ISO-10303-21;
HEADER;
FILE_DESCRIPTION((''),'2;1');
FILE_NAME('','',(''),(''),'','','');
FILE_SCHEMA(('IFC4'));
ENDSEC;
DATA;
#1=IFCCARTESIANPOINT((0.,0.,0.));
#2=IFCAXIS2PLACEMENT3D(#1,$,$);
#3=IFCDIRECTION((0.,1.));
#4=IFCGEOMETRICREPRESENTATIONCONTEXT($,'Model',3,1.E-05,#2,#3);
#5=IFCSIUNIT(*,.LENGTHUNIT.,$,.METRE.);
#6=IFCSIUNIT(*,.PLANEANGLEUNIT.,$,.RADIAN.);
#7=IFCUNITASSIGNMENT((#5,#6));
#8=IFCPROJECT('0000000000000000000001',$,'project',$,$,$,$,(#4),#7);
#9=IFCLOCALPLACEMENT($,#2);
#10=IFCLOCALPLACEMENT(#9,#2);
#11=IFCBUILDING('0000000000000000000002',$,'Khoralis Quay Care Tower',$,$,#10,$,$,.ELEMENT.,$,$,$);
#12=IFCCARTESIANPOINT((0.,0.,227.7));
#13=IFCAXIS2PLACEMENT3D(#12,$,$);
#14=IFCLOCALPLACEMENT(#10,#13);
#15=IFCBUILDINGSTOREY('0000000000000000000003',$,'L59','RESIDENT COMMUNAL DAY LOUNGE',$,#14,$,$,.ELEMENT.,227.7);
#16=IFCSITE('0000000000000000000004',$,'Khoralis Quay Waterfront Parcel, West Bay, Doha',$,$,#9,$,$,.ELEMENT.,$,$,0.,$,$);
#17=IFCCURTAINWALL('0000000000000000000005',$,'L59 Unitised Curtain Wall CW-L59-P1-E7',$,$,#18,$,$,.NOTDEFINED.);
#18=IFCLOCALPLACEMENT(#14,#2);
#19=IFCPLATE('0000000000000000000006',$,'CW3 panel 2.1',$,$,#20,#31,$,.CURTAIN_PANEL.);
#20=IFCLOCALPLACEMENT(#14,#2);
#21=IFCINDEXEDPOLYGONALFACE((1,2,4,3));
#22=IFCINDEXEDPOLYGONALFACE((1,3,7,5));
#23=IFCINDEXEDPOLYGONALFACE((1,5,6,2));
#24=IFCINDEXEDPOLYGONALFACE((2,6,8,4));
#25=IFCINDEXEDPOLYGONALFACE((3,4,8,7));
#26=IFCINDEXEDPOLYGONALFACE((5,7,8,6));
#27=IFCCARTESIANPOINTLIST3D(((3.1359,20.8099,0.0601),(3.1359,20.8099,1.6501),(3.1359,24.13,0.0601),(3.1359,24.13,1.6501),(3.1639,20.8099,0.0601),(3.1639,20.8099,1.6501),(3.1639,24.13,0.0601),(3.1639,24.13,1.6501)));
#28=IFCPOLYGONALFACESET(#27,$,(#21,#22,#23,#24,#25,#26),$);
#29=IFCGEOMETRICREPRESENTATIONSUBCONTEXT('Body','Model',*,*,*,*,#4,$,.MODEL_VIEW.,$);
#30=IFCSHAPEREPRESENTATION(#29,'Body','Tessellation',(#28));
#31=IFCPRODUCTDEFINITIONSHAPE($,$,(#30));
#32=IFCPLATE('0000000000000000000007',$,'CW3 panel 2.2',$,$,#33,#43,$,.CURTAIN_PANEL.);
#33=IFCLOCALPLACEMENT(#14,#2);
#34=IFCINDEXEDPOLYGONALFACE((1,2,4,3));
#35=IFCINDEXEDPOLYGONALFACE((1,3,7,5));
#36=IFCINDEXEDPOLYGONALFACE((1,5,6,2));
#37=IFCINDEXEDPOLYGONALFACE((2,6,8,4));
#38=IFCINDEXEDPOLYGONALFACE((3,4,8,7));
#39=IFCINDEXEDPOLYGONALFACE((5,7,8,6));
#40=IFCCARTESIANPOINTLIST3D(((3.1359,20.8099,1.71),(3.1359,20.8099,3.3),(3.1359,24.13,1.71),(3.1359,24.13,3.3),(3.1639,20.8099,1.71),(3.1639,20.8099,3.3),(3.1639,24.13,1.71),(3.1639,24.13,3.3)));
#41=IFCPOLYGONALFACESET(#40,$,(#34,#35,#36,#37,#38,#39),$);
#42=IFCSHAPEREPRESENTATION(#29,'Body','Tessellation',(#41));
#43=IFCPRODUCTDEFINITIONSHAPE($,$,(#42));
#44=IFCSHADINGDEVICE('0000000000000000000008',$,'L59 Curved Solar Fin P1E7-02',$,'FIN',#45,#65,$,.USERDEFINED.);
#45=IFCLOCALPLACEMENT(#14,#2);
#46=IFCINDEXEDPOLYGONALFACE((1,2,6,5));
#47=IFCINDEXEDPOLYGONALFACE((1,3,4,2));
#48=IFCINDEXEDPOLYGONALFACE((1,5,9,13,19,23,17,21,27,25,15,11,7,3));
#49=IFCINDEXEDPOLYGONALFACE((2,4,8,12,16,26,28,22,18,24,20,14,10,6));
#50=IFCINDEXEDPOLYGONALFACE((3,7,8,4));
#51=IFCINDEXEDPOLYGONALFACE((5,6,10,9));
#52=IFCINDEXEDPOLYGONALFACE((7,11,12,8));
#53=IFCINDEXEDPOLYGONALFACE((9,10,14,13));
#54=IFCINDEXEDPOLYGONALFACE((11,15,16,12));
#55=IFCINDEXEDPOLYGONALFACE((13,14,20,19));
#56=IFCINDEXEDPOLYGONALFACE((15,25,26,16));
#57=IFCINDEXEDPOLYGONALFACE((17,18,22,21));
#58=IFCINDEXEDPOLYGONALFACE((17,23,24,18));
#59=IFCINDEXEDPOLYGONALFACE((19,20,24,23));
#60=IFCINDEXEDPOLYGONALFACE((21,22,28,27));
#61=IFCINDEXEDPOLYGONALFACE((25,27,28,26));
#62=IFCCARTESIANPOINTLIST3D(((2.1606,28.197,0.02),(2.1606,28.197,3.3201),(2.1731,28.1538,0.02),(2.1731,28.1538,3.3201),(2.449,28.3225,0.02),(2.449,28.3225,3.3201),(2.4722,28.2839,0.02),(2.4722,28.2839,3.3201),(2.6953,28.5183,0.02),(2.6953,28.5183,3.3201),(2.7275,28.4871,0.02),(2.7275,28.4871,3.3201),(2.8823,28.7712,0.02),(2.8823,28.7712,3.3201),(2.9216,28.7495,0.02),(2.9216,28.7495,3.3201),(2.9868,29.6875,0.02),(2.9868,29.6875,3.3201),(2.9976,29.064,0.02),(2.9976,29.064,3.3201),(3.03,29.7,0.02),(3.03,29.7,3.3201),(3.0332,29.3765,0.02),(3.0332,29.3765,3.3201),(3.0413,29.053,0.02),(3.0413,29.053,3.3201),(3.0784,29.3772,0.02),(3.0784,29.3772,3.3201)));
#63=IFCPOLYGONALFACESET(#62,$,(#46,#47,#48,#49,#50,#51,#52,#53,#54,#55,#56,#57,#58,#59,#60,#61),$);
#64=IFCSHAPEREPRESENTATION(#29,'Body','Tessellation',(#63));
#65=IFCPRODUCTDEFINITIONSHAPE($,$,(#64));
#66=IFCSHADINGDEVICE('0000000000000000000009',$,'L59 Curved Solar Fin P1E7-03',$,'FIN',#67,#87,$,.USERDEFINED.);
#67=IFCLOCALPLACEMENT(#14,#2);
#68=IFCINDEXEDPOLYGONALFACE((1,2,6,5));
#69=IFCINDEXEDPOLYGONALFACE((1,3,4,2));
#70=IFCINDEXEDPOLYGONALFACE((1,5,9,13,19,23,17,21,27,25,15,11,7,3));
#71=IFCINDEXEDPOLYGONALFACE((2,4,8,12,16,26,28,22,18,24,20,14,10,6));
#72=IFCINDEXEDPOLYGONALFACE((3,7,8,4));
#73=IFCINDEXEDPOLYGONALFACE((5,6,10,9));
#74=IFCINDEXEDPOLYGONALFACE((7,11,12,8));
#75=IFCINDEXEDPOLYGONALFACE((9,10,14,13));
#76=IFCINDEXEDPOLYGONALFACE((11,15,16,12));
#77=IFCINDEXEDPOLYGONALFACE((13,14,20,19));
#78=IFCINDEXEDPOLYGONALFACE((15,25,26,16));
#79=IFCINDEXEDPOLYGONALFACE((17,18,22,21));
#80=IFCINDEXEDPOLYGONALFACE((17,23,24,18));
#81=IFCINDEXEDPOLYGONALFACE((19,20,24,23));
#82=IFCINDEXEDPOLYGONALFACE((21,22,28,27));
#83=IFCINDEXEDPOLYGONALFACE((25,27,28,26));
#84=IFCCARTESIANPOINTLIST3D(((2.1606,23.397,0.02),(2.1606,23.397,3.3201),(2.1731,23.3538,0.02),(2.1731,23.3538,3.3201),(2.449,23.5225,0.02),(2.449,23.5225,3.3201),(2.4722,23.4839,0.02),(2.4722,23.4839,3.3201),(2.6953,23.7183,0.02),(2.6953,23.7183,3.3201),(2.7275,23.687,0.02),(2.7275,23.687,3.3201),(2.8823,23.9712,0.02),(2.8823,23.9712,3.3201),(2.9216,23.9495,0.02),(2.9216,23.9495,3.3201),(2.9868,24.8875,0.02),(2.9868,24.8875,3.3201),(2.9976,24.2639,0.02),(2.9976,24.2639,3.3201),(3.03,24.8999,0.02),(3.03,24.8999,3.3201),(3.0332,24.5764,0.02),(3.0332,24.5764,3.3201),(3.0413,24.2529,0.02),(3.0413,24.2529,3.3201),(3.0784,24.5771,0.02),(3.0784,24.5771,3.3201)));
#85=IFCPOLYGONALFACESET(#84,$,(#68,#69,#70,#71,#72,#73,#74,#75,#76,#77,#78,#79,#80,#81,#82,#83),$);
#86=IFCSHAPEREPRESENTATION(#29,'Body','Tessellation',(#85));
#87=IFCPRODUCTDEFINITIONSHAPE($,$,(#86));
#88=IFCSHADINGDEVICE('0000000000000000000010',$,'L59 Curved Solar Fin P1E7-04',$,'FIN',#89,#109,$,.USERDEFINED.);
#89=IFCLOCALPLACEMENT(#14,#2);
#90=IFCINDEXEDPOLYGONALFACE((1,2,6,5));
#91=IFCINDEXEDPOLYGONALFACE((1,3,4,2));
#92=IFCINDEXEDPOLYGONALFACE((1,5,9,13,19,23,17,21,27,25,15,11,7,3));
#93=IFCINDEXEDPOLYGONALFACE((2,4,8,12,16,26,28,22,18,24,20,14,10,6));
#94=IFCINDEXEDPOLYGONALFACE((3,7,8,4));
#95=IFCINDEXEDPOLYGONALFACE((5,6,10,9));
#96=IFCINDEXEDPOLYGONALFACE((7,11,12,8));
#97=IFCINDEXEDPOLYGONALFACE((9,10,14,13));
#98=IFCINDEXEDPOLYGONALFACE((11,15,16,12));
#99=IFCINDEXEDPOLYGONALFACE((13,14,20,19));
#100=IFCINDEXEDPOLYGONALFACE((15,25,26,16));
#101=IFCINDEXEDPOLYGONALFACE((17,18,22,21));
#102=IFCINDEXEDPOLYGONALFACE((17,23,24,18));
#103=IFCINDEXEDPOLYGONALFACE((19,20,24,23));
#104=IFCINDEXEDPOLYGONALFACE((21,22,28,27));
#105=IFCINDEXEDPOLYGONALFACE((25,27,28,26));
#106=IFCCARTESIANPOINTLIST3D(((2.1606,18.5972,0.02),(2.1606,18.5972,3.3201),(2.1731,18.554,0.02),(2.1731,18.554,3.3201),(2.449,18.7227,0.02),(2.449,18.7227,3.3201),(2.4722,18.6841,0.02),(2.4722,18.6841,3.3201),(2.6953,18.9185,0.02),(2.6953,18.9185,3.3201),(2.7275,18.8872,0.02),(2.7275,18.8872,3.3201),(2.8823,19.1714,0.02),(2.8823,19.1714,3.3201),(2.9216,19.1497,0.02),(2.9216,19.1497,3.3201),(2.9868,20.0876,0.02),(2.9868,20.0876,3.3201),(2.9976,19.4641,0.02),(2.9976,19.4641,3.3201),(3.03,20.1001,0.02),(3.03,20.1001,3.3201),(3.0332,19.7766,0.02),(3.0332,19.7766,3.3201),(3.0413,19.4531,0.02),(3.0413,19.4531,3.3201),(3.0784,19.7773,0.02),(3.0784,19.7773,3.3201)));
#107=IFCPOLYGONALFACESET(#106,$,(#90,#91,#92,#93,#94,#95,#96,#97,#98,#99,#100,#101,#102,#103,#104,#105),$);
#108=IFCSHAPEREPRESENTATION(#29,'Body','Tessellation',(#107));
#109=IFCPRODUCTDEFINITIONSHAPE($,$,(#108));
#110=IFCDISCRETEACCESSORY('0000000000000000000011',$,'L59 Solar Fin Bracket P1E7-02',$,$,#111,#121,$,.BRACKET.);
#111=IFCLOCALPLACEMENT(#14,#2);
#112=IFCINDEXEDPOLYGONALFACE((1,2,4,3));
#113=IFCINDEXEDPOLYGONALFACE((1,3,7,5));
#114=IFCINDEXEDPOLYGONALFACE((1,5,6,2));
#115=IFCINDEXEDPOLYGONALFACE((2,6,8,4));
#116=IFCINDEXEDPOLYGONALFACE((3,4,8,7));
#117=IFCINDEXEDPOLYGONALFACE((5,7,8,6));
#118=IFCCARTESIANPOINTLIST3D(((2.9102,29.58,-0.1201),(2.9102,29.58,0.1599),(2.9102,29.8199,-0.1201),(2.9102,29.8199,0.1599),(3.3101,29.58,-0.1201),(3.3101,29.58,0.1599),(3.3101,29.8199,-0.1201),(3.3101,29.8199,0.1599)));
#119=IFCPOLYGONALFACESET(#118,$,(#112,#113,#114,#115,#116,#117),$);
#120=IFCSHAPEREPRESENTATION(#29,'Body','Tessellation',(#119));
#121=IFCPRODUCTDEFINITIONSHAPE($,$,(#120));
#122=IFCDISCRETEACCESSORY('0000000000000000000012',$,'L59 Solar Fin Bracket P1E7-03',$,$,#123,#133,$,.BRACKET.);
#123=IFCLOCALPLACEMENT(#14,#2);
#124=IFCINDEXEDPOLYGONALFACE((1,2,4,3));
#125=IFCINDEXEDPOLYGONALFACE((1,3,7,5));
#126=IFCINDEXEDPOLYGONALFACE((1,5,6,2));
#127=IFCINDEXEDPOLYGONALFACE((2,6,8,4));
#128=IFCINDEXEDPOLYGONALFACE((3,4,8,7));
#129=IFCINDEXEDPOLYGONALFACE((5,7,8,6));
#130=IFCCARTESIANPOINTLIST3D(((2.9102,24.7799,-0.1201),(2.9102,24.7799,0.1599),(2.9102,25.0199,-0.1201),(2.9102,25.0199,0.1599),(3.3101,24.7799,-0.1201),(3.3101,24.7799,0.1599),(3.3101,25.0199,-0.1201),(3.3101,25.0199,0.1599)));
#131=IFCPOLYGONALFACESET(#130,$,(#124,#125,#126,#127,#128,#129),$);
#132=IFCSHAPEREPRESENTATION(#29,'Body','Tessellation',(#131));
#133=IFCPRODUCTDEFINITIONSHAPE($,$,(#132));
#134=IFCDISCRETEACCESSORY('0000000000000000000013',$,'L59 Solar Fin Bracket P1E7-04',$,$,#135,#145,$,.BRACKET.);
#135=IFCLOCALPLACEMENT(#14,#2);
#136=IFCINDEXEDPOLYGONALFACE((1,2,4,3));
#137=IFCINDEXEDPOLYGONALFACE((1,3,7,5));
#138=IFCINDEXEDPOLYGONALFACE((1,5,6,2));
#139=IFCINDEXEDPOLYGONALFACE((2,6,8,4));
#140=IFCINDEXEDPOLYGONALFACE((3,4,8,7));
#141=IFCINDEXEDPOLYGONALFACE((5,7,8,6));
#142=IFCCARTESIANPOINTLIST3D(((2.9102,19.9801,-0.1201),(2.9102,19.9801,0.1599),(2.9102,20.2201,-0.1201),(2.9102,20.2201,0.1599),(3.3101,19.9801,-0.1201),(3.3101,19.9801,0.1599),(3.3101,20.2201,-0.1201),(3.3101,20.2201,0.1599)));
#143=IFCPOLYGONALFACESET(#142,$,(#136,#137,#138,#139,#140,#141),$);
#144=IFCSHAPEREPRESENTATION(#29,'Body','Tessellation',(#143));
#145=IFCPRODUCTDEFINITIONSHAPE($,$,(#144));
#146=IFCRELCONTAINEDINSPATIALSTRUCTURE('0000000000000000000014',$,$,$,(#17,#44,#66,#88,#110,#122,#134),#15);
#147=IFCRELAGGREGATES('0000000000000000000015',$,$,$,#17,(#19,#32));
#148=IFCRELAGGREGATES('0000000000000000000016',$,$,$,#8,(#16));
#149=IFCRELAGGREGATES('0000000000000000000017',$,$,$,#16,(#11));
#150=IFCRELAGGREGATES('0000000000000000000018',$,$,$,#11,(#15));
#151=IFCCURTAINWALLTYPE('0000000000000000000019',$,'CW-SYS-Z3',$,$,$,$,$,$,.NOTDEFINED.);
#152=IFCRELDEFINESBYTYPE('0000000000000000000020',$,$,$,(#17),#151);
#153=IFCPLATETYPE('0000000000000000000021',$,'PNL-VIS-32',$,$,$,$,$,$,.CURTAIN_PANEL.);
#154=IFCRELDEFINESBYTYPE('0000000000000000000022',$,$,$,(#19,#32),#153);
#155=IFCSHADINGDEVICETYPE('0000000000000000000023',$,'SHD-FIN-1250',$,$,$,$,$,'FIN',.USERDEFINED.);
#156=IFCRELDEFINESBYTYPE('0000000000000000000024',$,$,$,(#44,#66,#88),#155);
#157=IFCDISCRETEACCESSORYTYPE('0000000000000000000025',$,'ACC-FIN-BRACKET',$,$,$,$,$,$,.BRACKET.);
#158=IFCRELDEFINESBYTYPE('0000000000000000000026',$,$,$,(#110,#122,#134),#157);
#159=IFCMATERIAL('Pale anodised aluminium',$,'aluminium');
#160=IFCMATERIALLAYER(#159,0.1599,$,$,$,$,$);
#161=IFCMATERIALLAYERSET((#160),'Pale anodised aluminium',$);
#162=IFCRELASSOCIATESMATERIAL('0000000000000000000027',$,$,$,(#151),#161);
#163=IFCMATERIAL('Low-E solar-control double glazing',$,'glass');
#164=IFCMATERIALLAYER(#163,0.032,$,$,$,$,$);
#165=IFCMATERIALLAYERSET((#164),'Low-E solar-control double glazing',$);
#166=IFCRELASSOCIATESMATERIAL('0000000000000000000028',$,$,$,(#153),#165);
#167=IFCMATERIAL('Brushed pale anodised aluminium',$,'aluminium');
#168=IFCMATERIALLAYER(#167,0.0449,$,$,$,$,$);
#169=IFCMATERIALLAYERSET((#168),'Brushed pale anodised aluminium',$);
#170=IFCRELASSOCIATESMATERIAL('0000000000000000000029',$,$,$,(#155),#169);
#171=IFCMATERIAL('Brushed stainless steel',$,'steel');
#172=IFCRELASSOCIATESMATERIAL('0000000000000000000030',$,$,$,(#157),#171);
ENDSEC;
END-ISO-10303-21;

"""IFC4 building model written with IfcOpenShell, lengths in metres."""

from ifc_helpers import new_model, si_unit, direction, frame, origin, origin_2d, place, context, subcontext, project, spatial, polyline, rectangle, outline, extrude, source, transform, mapped, material, layer, layer_set, type_object, element, aggregate, save


model = new_model("IFC4")

# Units and contexts
model_context = context("Model", 3, precision=1e-05, world=origin(), true_north=direction((0.0, 1.0)))
body_context = subcontext(model_context, "Body", "Model", "MODEL_VIEW")
ifc_project = project(units=[si_unit("LENGTHUNIT", "METRE"), si_unit("PLANEANGLEUNIT", "RADIAN")], contexts=[model_context])

# Site, building, storey
site_placement = place(None, origin())
site = spatial("IfcSite", under=ifc_project, at=site_placement, Name="Khoralis Quay Waterfront Parcel, West Bay, Doha", CompositionType="ELEMENT", RefElevation=0.0)
building_placement = place(site_placement, origin())
building = spatial("IfcBuilding", under=site, at=building_placement, Name="Khoralis Quay Care Tower", CompositionType="ELEMENT")
storey_placement = place(building_placement, frame((0.0, 0.0, 227.7)))
storey = spatial("IfcBuildingStorey", under=building, at=storey_placement, Name="L59", Description="RESIDENT COMMUNAL DAY LOUNGE", CompositionType="ELEMENT", Elevation=227.7)

# Curtain wall, plates
ifc_material_1 = material(Name="Pale anodised aluminium", Category="aluminium")
ifc_layer_1 = layer(ifc_material_1, 0.1599)
ifc_layer_set_1 = layer_set([ifc_layer_1], Name="Pale anodised aluminium")
curtain_wall_type = type_object("IfcCurtainWallType", Name="CW-SYS-Z3", PredefinedType="NOTDEFINED", material=ifc_layer_set_1)
curtain_wall_placement = place(storey_placement, origin())
curtain_wall = element("IfcCurtainWall", 1, at=curtain_wall_placement, inside=storey, type_object=curtain_wall_type, Name="L59 Unitised Curtain Wall CW-L59-P1-E7", PredefinedType="NOTDEFINED")
ifc_material_2 = material(Name="Low-E solar-control double glazing", Category="glass")
ifc_layer_2 = layer(ifc_material_2, 0.032)
ifc_layer_set_2 = layer_set([ifc_layer_2], Name="Low-E solar-control double glazing")
plate_type = type_object("IfcPlateType", Name="PNL-VIS-32", PredefinedType="CURTAIN_PANEL", material=ifc_layer_set_2)
shared_shape_1 = source(origin(), body_context, "Body", "SweptSolid", [
    extrude(rectangle(XDim=3.3201, YDim=0.0281, at=origin_2d()), origin(), (0.0, 0.0, 1.0), 1.5901),
])
plate_1_placement = place(storey_placement, frame((3.1499, 22.47, 0.0601), z_axis=(0.0, 0.0, 1.0), x_axis=(0.0, -1.0, 0.0)))
plate_1 = element("IfcPlate", 2, at=plate_1_placement, type_object=plate_type, Name="CW3 panel 2.1", PredefinedType="CURTAIN_PANEL", context=body_context, shape_type="MappedRepresentation", body=[
    mapped(shared_shape_1, transform((0.0, 0.0, 0.0), scale=1.0)),
])
plate_2_placement = place(storey_placement, frame((3.1499, 22.47, 1.71), z_axis=(0.0, 0.0, 1.0), x_axis=(0.0, -1.0, 0.0)))
plate_2 = element("IfcPlate", 3, at=plate_2_placement, type_object=plate_type, Name="CW3 panel 2.2", PredefinedType="CURTAIN_PANEL", context=body_context, shape_type="MappedRepresentation", body=[
    mapped(shared_shape_1, transform((0.0, 0.0, 0.0), scale=1.0)),
])
aggregate(curtain_wall, [plate_1, plate_2])

# Shading devices
ifc_material_3 = material(Name="Brushed pale anodised aluminium", Category="aluminium")
ifc_layer_3 = layer(ifc_material_3, 0.0449)
ifc_layer_set_3 = layer_set([ifc_layer_3], Name="Brushed pale anodised aluminium")
shading_device_type = type_object("IfcShadingDeviceType", Name="SHD-FIN-1250", ElementType="FIN", PredefinedType="USERDEFINED", material=ifc_layer_set_3)
shared_shape_2 = source(origin(), body_context, "Body", "SweptSolid", [
    extrude(outline(polyline([(0.0, 0.0), (-0.0483, 0.3228), (-0.0112, 0.647), (0.1084, 0.9504), (0.3025, 1.2129), (0.5579, 1.416), (0.8569, 1.5461), (0.8694, 1.5029), (0.5811, 1.3774), (0.3347, 1.1816), (0.1477, 0.9287), (0.0325, 0.636), (-0.0032, 0.3235), (0.0432, 0.0125), (0.0, 0.0)])), origin(), (0.0, 0.0, 1.0), 3.3),
])
for number, where, z_axis, x_axis, name in (
    (4, (3.03, 29.7, 0.02), (0.0, 0.0, 1.0), (-1.0, 0.0, 0.0), "L59 Curved Solar Fin P1E7-02"),
    (5, (3.03, 24.8999, 0.02), (0.0, 0.0, 1.0), (-1.0, 0.0, 0.0), "L59 Curved Solar Fin P1E7-03"),
    (6, (3.03, 20.1001, 0.02), (0.0, 0.0, 1.0), (-1.0, 0.0, 0.0), "L59 Curved Solar Fin P1E7-04"),
):
    element("IfcShadingDevice", number, at=place(storey_placement, frame(where, z_axis=z_axis, x_axis=x_axis)), inside=storey, type_object=shading_device_type, Name=name, ObjectType="FIN", PredefinedType="USERDEFINED", context=body_context, shape_type="MappedRepresentation", body=[
        mapped(shared_shape_2, transform((0.0, 0.0, 0.0), scale=1.0)),
    ])

# Discrete accessories
ifc_material_4 = material(Name="Brushed stainless steel", Category="steel")
discrete_accessory_type = type_object("IfcDiscreteAccessoryType", Name="ACC-FIN-BRACKET", PredefinedType="BRACKET", material=ifc_material_4)
shared_shape_3 = source(origin(), body_context, "Body", "SweptSolid", [
    extrude(rectangle(XDim=0.3999, YDim=0.24, at=origin_2d()), origin(), (0.0, 0.0, 1.0), 0.28),
])
for number, where, z_axis, x_axis, name in (
    (7, (3.1101, 29.7, -0.1201), (0.0, 0.0, 1.0), (-1.0, 0.0, 0.0), "L59 Solar Fin Bracket P1E7-02"),
    (8, (3.1101, 24.8999, -0.1201), (0.0, 0.0, 1.0), (-1.0, 0.0, 0.0), "L59 Solar Fin Bracket P1E7-03"),
    (9, (3.1101, 20.1001, -0.1201), (0.0, 0.0, 1.0), (-1.0, 0.0, 0.0), "L59 Solar Fin Bracket P1E7-04"),
):
    element("IfcDiscreteAccessory", number, at=place(storey_placement, frame(where, z_axis=z_axis, x_axis=x_axis)), inside=storey, type_object=discrete_accessory_type, Name=name, PredefinedType="BRACKET", context=body_context, shape_type="MappedRepresentation", body=[
        mapped(shared_shape_3, transform((0.0, 0.0, 0.0), scale=1.0)),
    ])

save(model, "model.ifc")
